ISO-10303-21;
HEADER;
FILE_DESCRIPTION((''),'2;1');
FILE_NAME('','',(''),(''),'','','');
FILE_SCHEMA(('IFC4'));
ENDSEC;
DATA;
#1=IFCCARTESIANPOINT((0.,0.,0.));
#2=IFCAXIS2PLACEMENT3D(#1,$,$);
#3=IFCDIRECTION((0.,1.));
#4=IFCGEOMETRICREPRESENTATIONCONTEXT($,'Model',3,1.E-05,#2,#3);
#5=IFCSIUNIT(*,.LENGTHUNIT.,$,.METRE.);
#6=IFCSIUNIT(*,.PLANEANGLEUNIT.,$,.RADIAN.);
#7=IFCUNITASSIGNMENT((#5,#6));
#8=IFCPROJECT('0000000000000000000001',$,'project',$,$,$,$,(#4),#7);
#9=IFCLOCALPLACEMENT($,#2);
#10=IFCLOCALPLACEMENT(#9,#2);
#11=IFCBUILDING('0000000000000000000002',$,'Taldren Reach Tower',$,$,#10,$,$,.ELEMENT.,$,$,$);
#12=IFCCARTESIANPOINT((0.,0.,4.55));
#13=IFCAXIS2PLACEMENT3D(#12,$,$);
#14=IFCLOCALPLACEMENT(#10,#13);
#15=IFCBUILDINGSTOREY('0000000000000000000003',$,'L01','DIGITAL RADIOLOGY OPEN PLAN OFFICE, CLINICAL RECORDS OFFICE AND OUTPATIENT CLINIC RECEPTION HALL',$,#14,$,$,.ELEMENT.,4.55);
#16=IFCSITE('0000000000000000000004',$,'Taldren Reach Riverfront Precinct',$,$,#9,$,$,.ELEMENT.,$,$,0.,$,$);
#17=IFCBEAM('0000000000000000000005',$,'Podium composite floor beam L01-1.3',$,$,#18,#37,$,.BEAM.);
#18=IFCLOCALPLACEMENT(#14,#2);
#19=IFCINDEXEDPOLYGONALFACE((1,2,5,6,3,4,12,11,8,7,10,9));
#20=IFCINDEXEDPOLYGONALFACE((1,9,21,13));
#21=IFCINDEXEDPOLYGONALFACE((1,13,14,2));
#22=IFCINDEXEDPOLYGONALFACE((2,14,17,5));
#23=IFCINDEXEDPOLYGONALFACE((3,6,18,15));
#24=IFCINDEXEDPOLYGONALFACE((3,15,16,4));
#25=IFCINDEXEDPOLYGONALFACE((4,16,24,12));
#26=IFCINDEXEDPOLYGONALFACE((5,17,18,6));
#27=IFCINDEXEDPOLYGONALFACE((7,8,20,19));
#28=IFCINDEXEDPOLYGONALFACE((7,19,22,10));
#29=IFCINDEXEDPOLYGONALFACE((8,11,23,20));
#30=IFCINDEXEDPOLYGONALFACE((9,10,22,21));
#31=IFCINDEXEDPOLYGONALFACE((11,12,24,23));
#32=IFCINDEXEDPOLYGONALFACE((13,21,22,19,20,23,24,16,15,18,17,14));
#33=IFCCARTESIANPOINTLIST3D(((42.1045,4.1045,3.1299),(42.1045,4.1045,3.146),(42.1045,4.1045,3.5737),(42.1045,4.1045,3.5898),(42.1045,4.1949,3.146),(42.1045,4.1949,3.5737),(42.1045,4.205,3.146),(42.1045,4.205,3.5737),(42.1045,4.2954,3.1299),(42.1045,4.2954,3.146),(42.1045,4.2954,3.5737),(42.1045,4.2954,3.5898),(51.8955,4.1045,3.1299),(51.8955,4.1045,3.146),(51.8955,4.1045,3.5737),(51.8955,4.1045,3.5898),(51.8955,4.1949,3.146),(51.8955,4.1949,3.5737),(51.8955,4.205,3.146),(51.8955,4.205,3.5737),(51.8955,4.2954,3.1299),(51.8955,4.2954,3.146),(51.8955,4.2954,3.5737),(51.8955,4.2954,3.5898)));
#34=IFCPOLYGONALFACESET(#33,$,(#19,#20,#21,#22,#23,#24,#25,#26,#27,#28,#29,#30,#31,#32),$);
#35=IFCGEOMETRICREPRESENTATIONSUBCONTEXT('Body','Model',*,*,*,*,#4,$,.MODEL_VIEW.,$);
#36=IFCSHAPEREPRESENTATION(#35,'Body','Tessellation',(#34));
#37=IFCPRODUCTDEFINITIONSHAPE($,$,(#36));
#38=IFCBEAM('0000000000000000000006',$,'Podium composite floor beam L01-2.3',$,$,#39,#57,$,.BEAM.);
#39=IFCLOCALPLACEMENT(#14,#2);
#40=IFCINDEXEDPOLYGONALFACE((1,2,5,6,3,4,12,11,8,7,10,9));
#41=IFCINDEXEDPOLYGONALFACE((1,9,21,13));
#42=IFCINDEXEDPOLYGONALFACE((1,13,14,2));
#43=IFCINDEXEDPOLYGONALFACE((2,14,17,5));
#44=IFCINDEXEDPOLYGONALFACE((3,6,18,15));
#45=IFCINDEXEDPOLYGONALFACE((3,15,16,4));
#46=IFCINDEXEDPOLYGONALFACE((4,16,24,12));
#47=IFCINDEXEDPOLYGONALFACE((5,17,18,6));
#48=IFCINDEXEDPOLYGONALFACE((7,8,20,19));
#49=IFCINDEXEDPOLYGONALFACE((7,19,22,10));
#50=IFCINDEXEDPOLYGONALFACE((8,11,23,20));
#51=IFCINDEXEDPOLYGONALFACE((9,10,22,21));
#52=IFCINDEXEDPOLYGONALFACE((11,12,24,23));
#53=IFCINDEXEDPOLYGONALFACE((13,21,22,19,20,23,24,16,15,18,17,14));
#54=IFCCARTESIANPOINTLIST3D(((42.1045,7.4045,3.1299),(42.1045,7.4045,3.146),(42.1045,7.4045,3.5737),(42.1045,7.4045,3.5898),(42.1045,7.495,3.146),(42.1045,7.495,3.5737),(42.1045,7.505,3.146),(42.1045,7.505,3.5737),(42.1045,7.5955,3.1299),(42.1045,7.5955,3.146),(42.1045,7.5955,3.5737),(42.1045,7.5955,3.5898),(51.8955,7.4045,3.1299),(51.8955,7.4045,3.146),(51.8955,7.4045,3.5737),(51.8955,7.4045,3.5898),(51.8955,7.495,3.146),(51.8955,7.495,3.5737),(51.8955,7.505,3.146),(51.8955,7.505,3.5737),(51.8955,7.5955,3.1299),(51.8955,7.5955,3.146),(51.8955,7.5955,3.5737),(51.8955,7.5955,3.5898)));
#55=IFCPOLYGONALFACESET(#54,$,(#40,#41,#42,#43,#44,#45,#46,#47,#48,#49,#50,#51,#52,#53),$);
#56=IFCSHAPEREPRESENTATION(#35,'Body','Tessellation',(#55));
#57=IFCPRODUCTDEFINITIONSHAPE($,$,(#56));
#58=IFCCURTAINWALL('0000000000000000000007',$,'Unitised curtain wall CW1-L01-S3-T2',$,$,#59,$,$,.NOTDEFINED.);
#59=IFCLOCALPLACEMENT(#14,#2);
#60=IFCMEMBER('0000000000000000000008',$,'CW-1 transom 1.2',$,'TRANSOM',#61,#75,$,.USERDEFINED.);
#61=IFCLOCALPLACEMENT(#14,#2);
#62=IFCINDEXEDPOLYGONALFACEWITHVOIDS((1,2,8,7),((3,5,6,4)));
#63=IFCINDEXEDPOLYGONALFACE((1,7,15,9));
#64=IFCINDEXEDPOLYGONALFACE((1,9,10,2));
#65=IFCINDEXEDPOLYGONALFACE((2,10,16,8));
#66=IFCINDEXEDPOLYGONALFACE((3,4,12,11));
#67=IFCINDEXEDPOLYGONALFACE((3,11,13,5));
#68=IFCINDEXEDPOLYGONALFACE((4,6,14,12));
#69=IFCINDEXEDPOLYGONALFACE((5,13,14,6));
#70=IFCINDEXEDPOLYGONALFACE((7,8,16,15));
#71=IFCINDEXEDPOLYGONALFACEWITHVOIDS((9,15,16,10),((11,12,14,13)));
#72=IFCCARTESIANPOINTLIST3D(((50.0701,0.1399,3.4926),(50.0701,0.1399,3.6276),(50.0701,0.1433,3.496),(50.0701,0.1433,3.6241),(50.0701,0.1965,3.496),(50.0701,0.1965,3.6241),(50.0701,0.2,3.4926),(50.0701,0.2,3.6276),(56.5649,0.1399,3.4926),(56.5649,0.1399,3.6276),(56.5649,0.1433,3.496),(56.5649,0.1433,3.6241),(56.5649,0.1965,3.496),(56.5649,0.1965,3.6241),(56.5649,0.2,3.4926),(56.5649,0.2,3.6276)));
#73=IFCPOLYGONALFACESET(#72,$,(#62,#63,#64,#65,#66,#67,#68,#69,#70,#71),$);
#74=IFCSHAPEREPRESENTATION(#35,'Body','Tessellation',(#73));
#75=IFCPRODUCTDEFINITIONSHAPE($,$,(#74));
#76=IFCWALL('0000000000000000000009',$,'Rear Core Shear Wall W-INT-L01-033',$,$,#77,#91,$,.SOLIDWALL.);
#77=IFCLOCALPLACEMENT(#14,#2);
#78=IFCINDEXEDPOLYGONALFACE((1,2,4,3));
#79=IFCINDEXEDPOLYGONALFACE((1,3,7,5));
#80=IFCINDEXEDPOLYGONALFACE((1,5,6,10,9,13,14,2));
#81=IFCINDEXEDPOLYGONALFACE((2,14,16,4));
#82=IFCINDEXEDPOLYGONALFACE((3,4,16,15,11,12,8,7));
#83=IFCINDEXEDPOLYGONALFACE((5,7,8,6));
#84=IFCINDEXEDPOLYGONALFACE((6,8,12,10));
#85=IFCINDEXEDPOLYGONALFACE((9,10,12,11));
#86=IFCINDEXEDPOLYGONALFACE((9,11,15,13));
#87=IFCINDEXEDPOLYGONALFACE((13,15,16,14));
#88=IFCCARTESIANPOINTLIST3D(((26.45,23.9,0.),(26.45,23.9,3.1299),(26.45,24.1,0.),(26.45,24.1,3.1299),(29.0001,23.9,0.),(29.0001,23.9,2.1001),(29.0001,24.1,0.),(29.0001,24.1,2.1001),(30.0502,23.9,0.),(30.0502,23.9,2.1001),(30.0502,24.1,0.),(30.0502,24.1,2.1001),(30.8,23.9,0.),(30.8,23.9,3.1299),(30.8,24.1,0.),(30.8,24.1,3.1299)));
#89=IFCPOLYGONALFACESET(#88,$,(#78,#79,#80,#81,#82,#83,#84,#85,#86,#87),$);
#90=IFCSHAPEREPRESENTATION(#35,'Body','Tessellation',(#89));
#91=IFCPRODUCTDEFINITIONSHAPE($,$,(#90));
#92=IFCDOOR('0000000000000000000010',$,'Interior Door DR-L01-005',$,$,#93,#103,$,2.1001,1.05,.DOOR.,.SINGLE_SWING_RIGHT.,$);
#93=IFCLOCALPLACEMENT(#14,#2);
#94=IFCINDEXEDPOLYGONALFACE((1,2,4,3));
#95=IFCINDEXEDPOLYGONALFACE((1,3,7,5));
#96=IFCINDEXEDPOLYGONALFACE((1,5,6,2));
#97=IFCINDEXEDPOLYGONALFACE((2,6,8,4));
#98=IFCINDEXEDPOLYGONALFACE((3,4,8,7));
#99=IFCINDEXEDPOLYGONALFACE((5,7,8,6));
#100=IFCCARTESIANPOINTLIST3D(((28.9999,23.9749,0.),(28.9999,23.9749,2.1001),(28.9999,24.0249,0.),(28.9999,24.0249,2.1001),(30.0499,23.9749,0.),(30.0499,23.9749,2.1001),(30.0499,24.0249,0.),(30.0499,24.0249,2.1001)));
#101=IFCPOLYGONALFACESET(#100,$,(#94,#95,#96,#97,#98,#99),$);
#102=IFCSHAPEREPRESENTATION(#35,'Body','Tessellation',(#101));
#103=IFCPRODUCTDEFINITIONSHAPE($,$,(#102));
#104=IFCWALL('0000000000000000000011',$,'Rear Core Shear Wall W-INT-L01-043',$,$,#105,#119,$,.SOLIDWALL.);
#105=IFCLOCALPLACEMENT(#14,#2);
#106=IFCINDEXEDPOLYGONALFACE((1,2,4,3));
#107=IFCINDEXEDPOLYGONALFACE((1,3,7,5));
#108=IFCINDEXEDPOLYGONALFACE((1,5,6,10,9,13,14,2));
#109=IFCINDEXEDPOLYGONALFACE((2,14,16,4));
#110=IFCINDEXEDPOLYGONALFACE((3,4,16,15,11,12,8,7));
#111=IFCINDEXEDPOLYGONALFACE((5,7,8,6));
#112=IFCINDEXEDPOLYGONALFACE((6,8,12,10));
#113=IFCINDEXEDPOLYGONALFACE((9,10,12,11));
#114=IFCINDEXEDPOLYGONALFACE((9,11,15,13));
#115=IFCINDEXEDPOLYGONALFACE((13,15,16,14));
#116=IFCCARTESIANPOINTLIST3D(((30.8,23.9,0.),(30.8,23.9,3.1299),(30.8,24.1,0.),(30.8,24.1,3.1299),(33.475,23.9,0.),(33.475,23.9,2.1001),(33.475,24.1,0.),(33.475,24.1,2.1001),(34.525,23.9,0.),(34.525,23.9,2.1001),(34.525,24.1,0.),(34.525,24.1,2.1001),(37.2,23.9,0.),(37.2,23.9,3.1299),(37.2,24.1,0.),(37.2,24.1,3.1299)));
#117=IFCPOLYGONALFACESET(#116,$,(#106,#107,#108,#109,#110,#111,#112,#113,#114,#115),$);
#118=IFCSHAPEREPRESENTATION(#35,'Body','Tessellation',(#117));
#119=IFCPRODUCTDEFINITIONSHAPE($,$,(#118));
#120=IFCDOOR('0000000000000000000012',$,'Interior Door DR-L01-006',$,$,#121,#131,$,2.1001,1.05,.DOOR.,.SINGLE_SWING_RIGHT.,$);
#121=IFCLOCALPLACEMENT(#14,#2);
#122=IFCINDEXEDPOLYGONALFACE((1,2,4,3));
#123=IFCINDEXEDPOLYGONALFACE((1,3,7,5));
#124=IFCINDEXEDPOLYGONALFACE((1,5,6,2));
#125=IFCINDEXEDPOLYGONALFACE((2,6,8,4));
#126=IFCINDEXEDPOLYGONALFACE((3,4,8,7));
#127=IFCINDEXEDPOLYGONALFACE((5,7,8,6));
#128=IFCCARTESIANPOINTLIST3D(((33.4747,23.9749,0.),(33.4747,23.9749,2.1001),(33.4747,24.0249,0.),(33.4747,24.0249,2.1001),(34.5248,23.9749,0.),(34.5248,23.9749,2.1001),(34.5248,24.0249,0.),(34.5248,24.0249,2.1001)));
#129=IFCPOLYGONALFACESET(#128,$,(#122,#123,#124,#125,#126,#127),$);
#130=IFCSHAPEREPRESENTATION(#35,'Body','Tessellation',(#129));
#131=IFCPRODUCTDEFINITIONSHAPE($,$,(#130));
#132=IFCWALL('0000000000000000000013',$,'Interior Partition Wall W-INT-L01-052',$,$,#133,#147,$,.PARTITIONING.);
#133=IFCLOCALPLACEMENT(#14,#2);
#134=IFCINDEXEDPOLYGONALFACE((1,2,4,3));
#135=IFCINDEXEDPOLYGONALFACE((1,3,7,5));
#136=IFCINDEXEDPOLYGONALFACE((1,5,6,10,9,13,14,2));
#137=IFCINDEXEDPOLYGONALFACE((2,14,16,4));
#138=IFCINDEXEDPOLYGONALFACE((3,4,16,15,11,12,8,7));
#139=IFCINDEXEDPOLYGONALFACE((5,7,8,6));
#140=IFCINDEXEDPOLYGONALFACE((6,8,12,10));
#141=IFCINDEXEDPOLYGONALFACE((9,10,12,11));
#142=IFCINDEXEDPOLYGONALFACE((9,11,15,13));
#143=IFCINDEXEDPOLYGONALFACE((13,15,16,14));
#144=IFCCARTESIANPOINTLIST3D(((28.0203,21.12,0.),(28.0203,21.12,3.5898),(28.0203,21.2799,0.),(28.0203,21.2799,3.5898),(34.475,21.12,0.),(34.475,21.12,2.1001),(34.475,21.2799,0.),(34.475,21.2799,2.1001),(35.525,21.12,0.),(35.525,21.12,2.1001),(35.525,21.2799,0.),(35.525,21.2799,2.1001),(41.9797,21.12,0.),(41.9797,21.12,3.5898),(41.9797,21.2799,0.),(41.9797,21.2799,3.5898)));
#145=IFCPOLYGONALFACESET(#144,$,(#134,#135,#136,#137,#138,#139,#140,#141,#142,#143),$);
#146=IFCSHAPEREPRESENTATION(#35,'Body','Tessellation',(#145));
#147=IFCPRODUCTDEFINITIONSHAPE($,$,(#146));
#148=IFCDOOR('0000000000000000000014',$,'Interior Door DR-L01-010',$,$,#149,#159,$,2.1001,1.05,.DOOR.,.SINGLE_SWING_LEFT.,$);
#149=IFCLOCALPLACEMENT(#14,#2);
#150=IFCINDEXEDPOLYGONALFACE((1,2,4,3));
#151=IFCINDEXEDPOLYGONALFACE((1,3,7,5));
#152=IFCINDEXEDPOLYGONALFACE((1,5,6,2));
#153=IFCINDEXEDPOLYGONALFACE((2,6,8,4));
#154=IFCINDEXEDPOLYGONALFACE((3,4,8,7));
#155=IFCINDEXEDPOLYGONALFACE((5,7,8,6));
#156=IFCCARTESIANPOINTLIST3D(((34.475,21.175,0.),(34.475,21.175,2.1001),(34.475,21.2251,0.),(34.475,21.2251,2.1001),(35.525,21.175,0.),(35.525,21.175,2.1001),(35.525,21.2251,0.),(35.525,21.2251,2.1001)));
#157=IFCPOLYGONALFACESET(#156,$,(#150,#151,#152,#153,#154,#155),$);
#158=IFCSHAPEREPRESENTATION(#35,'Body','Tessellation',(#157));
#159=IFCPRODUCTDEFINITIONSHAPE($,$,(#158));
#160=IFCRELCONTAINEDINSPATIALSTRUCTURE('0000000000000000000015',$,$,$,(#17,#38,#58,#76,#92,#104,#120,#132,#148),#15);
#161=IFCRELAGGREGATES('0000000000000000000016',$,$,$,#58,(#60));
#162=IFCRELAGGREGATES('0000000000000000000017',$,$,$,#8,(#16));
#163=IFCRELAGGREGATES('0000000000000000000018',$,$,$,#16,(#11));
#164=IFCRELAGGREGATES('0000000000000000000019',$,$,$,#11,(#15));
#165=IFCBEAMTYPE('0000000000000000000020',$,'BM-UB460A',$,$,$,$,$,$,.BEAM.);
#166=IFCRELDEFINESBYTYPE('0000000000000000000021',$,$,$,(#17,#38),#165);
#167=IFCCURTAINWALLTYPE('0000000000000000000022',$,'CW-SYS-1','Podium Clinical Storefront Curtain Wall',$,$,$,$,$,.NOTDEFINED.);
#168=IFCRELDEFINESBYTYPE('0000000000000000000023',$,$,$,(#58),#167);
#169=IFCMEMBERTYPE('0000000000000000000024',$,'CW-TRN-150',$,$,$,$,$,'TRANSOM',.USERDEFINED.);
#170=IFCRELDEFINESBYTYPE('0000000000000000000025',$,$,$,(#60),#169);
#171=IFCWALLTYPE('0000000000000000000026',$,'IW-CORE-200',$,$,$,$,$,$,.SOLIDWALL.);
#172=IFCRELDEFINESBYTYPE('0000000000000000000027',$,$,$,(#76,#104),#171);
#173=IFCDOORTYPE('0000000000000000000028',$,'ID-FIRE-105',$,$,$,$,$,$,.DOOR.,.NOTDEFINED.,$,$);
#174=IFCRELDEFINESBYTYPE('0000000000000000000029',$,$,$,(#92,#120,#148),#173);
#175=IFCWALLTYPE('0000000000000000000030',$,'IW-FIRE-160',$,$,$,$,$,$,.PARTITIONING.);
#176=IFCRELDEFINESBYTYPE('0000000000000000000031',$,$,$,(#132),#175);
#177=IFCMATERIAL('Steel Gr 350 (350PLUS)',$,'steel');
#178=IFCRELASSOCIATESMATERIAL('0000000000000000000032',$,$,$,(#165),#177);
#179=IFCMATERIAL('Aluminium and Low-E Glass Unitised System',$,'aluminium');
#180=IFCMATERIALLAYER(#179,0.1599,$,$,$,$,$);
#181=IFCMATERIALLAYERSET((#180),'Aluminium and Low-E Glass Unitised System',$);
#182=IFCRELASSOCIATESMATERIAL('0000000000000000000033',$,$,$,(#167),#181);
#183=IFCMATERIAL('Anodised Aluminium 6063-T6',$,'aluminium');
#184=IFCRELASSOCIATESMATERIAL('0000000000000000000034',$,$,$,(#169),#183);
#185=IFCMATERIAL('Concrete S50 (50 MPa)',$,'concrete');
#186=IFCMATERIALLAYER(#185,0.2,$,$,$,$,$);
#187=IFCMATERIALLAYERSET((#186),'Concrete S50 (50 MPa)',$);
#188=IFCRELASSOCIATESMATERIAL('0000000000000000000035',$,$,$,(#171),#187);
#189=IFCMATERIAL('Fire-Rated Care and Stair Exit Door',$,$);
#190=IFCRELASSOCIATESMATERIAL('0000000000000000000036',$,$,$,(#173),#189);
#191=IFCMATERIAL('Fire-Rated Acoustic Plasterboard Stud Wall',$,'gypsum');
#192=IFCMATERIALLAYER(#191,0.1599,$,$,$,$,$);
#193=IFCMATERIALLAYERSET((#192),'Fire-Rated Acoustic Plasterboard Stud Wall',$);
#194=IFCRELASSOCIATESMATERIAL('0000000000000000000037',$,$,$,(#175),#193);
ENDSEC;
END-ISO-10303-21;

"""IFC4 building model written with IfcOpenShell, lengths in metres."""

from ifc_helpers import new_model, si_unit, direction, frame, frame_2d, origin, origin_2d, place, context, subcontext, project, spatial, rectangle, hollow_rectangle, i_section, extrude, source, transform, mapped, material, layer, layer_set, material_profile, profile_set, type_object, element, fill, aggregate, save


model = new_model("IFC4")

# Units and contexts
model_context = context("Model", 3, precision=1e-05, world=origin(), true_north=direction((0.0, 1.0)))
body_context = subcontext(model_context, "Body", "Model", "MODEL_VIEW")
ifc_project = project(units=[si_unit("LENGTHUNIT", "METRE"), si_unit("PLANEANGLEUNIT", "RADIAN")], contexts=[model_context])

# Site, building, storey
site_placement = place(None, origin())
site = spatial("IfcSite", under=ifc_project, at=site_placement, Name="Taldren Reach Riverfront Precinct", CompositionType="ELEMENT", RefElevation=0.0)
building_placement = place(site_placement, origin())
building = spatial("IfcBuilding", under=site, at=building_placement, Name="Taldren Reach Tower", CompositionType="ELEMENT")
storey_placement = place(building_placement, frame((0.0, 0.0, 4.55)))
storey = spatial("IfcBuildingStorey", under=building, at=storey_placement, Name="L01", Description="DIGITAL RADIOLOGY OPEN PLAN OFFICE, CLINICAL RECORDS OFFICE AND OUTPATIENT CLINIC RECEPTION HALL", CompositionType="ELEMENT", Elevation=4.55)

# Shared definitions
ifc_material_1 = material(Name="Steel Gr 350 (350PLUS)", Category="steel")

# Beams
ifc_material_profile_1 = material_profile(ifc_material_1, i_section(OverallWidth=0.1909, OverallDepth=0.46, WebThickness=0.01, FlangeThickness=0.0161, at=origin_2d()), Name="460UB82.1")
ifc_profile_set_1 = profile_set([ifc_material_profile_1], Name="Steel Gr 350 (350PLUS)")
beam_type_1 = type_object("IfcBeamType", Name="BM-UB460A", PredefinedType="BEAM", material=ifc_profile_set_1)
shared_shape_1 = source(origin(), body_context, "Body", "SweptSolid", [
    extrude(i_section(OverallWidth=0.1909, OverallDepth=0.46, WebThickness=0.01, FlangeThickness=0.0161, at=origin_2d()), origin(), (0.0, 0.0, 1.0), 9.791),
])
for number, where, z_axis, x_axis, name in (
    (1, (42.1045, 4.2, 3.3599), (1.0, 0.0, 0.0), (0.0, 1.0, 0.0), "Podium composite floor beam L01-1.3"),
    (2, (42.1045, 7.5, 3.3599), (1.0, 0.0, 0.0), (0.0, 1.0, 0.0), "Podium composite floor beam L01-2.3"),
):
    element("IfcBeam", number, at=place(storey_placement, frame(where, z_axis=z_axis, x_axis=x_axis)), inside=storey, type_object=beam_type_1, Name=name, PredefinedType="BEAM", context=body_context, shape_type="MappedRepresentation", body=[
        mapped(shared_shape_1, transform((0.0, 0.0, 0.0), scale=1.0)),
    ])

# Curtain wall, member
ifc_material_2 = material(Name="Aluminium and Low-E Glass Unitised System", Category="aluminium")
ifc_layer_1 = layer(ifc_material_2, 0.1599)
ifc_layer_set_1 = layer_set([ifc_layer_1], Name="Aluminium and Low-E Glass Unitised System")
curtain_wall_type = type_object("IfcCurtainWallType", Name="CW-SYS-1", Description="Podium Clinical Storefront Curtain Wall", PredefinedType="NOTDEFINED", material=ifc_layer_set_1)
curtain_wall_placement = place(storey_placement, origin())
curtain_wall = element("IfcCurtainWall", 3, at=curtain_wall_placement, inside=storey, type_object=curtain_wall_type, Name="Unitised curtain wall CW1-L01-S3-T2", PredefinedType="NOTDEFINED")
ifc_material_3 = material(Name="Anodised Aluminium 6063-T6", Category="aluminium")
ifc_material_profile_2 = material_profile(ifc_material_3, hollow_rectangle(XDim=0.0601, YDim=0.135, WallThickness=0.0034, at=origin_2d()), Name="ALU-135x60x3.5RHS")
ifc_profile_set_2 = profile_set([ifc_material_profile_2], Name="Anodised Aluminium 6063-T6")
member_type = type_object("IfcMemberType", Name="CW-TRN-150", ElementType="TRANSOM", PredefinedType="USERDEFINED", material=ifc_profile_set_2)
shared_shape_2 = source(origin(), body_context, "Body", "SweptSolid", [
    extrude(hollow_rectangle(XDim=0.0601, YDim=0.135, WallThickness=0.0034, at=origin_2d()), origin(), (0.0, 0.0, 1.0), 6.4949),
])
member_placement = place(storey_placement, frame((50.0701, 0.1699, 3.5601), z_axis=(1.0, 0.0, 0.0), x_axis=(0.0, 1.0, 0.0)))
member = element("IfcMember", 4, at=member_placement, type_object=member_type, Name="CW-1 transom 1.2", ObjectType="TRANSOM", PredefinedType="USERDEFINED", context=body_context, shape_type="MappedRepresentation", body=[
    mapped(shared_shape_2, transform((0.0, 0.0, 0.0), scale=1.0)),
])
aggregate(curtain_wall, [member])

# Walls, openings, doors
ifc_material_4 = material(Name="Concrete S50 (50 MPa)", Category="concrete")
ifc_layer_2 = layer(ifc_material_4, 0.2)
ifc_layer_set_2 = layer_set([ifc_layer_2], Name="Concrete S50 (50 MPa)")
wall_type_1 = type_object("IfcWallType", Name="IW-CORE-200", PredefinedType="SOLIDWALL", material=ifc_layer_set_2)
shared_shape_3 = source(origin(), body_context, "Body", "SweptSolid", [
    extrude(rectangle(XDim=4.3501, YDim=0.2, at=frame_2d((2.175, 0.0))), origin(), (0.0, 0.0, 1.0), 3.1299),
])
wall_1_placement = place(storey_placement, frame((30.8, 24.0, 0.0), z_axis=(0.0, 0.0, 1.0), x_axis=(-1.0, 0.0, 0.0)))
wall_1 = element("IfcWall", 5, at=wall_1_placement, inside=storey, type_object=wall_type_1, Name="Rear Core Shear Wall W-INT-L01-033", PredefinedType="SOLIDWALL", context=body_context, shape_type="MappedRepresentation", body=[
    mapped(shared_shape_3, transform((0.0, 0.0, 0.0), scale=1.0)),
])
shared_shape_4 = source(origin(), body_context, "Body", "SweptSolid", [
    extrude(rectangle(XDim=1.05, YDim=2.1001, at=frame_2d((0.5249, 1.05))), frame((0.0, 0.1099, 0.0), z_axis=(0.0, -1.0, 0.0), x_axis=(1.0, 0.0, 0.0)), (0.0, 0.0, 1.0), 0.22),
])
opening_1_placement = place(wall_1_placement, frame((0.75, 0.0, 0.0)))
opening_1 = element("IfcOpeningElement", 6, at=opening_1_placement, cuts=wall_1, PredefinedType="OPENING", context=body_context, shape_type="MappedRepresentation", body=[
    mapped(shared_shape_4, transform((0.0, 0.0, 0.0), scale=1.0)),
])
ifc_material_5 = material(Name="Fire-Rated Care and Stair Exit Door")
door_type = type_object("IfcDoorType", Name="ID-FIRE-105", OperationType="NOTDEFINED", PredefinedType="DOOR", material=ifc_material_5)
shared_shape_5 = source(origin(), body_context, "Body", "SweptSolid", [
    extrude(rectangle(XDim=1.05, YDim=2.1001, at=frame_2d((0.5249, 1.05))), frame((0.0, 0.0249, 0.0), z_axis=(0.0, -1.0, 0.0), x_axis=(1.0, 0.0, 0.0)), (0.0, 0.0, 1.0), 0.05),
])
door_1_placement = place(opening_1_placement, frame((1.05, 0.0, 0.0), z_axis=(0.0, 0.0, 1.0), x_axis=(-1.0, 0.0, 0.0)))
door_1 = element("IfcDoor", 7, at=door_1_placement, inside=storey, type_object=door_type, Name="Interior Door DR-L01-005", OperationType="SINGLE_SWING_RIGHT", OverallHeight=2.1001, OverallWidth=1.05, PredefinedType="DOOR", context=body_context, shape_type="MappedRepresentation", body=[
    mapped(shared_shape_5, transform((0.0, 0.0, 0.0), scale=1.0)),
])
fill(opening_1, door_1)
shared_shape_6 = source(origin(), body_context, "Body", "SweptSolid", [
    extrude(rectangle(XDim=6.3999, YDim=0.2, at=frame_2d((3.2, 0.0))), origin(), (0.0, 0.0, 1.0), 3.1299),
])
wall_2_placement = place(storey_placement, frame((37.2, 24.0, 0.0), z_axis=(0.0, 0.0, 1.0), x_axis=(-1.0, 0.0, 0.0)))
wall_2 = element("IfcWall", 8, at=wall_2_placement, inside=storey, type_object=wall_type_1, Name="Rear Core Shear Wall W-INT-L01-043", PredefinedType="SOLIDWALL", context=body_context, shape_type="MappedRepresentation", body=[
    mapped(shared_shape_6, transform((0.0, 0.0, 0.0), scale=1.0)),
])
opening_2_placement = place(wall_2_placement, frame((2.675, 0.0, 0.0)))
opening_2 = element("IfcOpeningElement", 9, at=opening_2_placement, cuts=wall_2, PredefinedType="OPENING", context=body_context, shape_type="MappedRepresentation", body=[
    mapped(shared_shape_4, transform((0.0, 0.0, 0.0), scale=1.0)),
])
door_2_placement = place(opening_2_placement, frame((1.05, 0.0, 0.0), z_axis=(0.0, 0.0, 1.0), x_axis=(-1.0, 0.0, 0.0)))
door_2 = element("IfcDoor", 10, at=door_2_placement, inside=storey, type_object=door_type, Name="Interior Door DR-L01-006", OperationType="SINGLE_SWING_RIGHT", OverallHeight=2.1001, OverallWidth=1.05, PredefinedType="DOOR", context=body_context, shape_type="MappedRepresentation", body=[
    mapped(shared_shape_5, transform((0.0, 0.0, 0.0), scale=1.0)),
])
fill(opening_2, door_2)
ifc_material_6 = material(Name="Fire-Rated Acoustic Plasterboard Stud Wall", Category="gypsum")
ifc_layer_3 = layer(ifc_material_6, 0.1599)
ifc_layer_set_3 = layer_set([ifc_layer_3], Name="Fire-Rated Acoustic Plasterboard Stud Wall")
wall_type_2 = type_object("IfcWallType", Name="IW-FIRE-160", PredefinedType="PARTITIONING", material=ifc_layer_set_3)
shared_shape_7 = source(origin(), body_context, "Body", "SweptSolid", [
    extrude(rectangle(XDim=13.9595, YDim=0.1599, at=frame_2d((6.9797, 0.0))), origin(), (0.0, 0.0, 1.0), 3.5898),
])
wall_3_placement = place(storey_placement, frame((41.9797, 21.2, 0.0), z_axis=(0.0, 0.0, 1.0), x_axis=(-1.0, 0.0, 0.0)))
wall_3 = element("IfcWall", 11, at=wall_3_placement, inside=storey, type_object=wall_type_2, Name="Interior Partition Wall W-INT-L01-052", PredefinedType="PARTITIONING", context=body_context, shape_type="MappedRepresentation", body=[
    mapped(shared_shape_7, transform((0.0, 0.0, 0.0), scale=1.0)),
])
shared_shape_8 = source(origin(), body_context, "Body", "SweptSolid", [
    extrude(rectangle(XDim=1.05, YDim=2.1001, at=frame_2d((0.5249, 1.05))), frame((0.0, 0.0898, 0.0), z_axis=(0.0, -1.0, 0.0), x_axis=(1.0, 0.0, 0.0)), (0.0, 0.0, 1.0), 0.1799),
])
opening_3_placement = place(wall_3_placement, frame((6.4548, 0.0, 0.0)))
opening_3 = element("IfcOpeningElement", 12, at=opening_3_placement, cuts=wall_3, PredefinedType="OPENING", context=body_context, shape_type="MappedRepresentation", body=[
    mapped(shared_shape_8, transform((0.0, 0.0, 0.0), scale=1.0)),
])
door_3_placement = place(opening_3_placement, origin())
door_3 = element("IfcDoor", 13, at=door_3_placement, inside=storey, type_object=door_type, Name="Interior Door DR-L01-010", OperationType="SINGLE_SWING_LEFT", OverallHeight=2.1001, OverallWidth=1.05, PredefinedType="DOOR", context=body_context, shape_type="MappedRepresentation", body=[
    mapped(shared_shape_5, transform((0.0, 0.0, 0.0), scale=1.0)),
])
fill(opening_3, door_3)

save(model, "model.ifc")
